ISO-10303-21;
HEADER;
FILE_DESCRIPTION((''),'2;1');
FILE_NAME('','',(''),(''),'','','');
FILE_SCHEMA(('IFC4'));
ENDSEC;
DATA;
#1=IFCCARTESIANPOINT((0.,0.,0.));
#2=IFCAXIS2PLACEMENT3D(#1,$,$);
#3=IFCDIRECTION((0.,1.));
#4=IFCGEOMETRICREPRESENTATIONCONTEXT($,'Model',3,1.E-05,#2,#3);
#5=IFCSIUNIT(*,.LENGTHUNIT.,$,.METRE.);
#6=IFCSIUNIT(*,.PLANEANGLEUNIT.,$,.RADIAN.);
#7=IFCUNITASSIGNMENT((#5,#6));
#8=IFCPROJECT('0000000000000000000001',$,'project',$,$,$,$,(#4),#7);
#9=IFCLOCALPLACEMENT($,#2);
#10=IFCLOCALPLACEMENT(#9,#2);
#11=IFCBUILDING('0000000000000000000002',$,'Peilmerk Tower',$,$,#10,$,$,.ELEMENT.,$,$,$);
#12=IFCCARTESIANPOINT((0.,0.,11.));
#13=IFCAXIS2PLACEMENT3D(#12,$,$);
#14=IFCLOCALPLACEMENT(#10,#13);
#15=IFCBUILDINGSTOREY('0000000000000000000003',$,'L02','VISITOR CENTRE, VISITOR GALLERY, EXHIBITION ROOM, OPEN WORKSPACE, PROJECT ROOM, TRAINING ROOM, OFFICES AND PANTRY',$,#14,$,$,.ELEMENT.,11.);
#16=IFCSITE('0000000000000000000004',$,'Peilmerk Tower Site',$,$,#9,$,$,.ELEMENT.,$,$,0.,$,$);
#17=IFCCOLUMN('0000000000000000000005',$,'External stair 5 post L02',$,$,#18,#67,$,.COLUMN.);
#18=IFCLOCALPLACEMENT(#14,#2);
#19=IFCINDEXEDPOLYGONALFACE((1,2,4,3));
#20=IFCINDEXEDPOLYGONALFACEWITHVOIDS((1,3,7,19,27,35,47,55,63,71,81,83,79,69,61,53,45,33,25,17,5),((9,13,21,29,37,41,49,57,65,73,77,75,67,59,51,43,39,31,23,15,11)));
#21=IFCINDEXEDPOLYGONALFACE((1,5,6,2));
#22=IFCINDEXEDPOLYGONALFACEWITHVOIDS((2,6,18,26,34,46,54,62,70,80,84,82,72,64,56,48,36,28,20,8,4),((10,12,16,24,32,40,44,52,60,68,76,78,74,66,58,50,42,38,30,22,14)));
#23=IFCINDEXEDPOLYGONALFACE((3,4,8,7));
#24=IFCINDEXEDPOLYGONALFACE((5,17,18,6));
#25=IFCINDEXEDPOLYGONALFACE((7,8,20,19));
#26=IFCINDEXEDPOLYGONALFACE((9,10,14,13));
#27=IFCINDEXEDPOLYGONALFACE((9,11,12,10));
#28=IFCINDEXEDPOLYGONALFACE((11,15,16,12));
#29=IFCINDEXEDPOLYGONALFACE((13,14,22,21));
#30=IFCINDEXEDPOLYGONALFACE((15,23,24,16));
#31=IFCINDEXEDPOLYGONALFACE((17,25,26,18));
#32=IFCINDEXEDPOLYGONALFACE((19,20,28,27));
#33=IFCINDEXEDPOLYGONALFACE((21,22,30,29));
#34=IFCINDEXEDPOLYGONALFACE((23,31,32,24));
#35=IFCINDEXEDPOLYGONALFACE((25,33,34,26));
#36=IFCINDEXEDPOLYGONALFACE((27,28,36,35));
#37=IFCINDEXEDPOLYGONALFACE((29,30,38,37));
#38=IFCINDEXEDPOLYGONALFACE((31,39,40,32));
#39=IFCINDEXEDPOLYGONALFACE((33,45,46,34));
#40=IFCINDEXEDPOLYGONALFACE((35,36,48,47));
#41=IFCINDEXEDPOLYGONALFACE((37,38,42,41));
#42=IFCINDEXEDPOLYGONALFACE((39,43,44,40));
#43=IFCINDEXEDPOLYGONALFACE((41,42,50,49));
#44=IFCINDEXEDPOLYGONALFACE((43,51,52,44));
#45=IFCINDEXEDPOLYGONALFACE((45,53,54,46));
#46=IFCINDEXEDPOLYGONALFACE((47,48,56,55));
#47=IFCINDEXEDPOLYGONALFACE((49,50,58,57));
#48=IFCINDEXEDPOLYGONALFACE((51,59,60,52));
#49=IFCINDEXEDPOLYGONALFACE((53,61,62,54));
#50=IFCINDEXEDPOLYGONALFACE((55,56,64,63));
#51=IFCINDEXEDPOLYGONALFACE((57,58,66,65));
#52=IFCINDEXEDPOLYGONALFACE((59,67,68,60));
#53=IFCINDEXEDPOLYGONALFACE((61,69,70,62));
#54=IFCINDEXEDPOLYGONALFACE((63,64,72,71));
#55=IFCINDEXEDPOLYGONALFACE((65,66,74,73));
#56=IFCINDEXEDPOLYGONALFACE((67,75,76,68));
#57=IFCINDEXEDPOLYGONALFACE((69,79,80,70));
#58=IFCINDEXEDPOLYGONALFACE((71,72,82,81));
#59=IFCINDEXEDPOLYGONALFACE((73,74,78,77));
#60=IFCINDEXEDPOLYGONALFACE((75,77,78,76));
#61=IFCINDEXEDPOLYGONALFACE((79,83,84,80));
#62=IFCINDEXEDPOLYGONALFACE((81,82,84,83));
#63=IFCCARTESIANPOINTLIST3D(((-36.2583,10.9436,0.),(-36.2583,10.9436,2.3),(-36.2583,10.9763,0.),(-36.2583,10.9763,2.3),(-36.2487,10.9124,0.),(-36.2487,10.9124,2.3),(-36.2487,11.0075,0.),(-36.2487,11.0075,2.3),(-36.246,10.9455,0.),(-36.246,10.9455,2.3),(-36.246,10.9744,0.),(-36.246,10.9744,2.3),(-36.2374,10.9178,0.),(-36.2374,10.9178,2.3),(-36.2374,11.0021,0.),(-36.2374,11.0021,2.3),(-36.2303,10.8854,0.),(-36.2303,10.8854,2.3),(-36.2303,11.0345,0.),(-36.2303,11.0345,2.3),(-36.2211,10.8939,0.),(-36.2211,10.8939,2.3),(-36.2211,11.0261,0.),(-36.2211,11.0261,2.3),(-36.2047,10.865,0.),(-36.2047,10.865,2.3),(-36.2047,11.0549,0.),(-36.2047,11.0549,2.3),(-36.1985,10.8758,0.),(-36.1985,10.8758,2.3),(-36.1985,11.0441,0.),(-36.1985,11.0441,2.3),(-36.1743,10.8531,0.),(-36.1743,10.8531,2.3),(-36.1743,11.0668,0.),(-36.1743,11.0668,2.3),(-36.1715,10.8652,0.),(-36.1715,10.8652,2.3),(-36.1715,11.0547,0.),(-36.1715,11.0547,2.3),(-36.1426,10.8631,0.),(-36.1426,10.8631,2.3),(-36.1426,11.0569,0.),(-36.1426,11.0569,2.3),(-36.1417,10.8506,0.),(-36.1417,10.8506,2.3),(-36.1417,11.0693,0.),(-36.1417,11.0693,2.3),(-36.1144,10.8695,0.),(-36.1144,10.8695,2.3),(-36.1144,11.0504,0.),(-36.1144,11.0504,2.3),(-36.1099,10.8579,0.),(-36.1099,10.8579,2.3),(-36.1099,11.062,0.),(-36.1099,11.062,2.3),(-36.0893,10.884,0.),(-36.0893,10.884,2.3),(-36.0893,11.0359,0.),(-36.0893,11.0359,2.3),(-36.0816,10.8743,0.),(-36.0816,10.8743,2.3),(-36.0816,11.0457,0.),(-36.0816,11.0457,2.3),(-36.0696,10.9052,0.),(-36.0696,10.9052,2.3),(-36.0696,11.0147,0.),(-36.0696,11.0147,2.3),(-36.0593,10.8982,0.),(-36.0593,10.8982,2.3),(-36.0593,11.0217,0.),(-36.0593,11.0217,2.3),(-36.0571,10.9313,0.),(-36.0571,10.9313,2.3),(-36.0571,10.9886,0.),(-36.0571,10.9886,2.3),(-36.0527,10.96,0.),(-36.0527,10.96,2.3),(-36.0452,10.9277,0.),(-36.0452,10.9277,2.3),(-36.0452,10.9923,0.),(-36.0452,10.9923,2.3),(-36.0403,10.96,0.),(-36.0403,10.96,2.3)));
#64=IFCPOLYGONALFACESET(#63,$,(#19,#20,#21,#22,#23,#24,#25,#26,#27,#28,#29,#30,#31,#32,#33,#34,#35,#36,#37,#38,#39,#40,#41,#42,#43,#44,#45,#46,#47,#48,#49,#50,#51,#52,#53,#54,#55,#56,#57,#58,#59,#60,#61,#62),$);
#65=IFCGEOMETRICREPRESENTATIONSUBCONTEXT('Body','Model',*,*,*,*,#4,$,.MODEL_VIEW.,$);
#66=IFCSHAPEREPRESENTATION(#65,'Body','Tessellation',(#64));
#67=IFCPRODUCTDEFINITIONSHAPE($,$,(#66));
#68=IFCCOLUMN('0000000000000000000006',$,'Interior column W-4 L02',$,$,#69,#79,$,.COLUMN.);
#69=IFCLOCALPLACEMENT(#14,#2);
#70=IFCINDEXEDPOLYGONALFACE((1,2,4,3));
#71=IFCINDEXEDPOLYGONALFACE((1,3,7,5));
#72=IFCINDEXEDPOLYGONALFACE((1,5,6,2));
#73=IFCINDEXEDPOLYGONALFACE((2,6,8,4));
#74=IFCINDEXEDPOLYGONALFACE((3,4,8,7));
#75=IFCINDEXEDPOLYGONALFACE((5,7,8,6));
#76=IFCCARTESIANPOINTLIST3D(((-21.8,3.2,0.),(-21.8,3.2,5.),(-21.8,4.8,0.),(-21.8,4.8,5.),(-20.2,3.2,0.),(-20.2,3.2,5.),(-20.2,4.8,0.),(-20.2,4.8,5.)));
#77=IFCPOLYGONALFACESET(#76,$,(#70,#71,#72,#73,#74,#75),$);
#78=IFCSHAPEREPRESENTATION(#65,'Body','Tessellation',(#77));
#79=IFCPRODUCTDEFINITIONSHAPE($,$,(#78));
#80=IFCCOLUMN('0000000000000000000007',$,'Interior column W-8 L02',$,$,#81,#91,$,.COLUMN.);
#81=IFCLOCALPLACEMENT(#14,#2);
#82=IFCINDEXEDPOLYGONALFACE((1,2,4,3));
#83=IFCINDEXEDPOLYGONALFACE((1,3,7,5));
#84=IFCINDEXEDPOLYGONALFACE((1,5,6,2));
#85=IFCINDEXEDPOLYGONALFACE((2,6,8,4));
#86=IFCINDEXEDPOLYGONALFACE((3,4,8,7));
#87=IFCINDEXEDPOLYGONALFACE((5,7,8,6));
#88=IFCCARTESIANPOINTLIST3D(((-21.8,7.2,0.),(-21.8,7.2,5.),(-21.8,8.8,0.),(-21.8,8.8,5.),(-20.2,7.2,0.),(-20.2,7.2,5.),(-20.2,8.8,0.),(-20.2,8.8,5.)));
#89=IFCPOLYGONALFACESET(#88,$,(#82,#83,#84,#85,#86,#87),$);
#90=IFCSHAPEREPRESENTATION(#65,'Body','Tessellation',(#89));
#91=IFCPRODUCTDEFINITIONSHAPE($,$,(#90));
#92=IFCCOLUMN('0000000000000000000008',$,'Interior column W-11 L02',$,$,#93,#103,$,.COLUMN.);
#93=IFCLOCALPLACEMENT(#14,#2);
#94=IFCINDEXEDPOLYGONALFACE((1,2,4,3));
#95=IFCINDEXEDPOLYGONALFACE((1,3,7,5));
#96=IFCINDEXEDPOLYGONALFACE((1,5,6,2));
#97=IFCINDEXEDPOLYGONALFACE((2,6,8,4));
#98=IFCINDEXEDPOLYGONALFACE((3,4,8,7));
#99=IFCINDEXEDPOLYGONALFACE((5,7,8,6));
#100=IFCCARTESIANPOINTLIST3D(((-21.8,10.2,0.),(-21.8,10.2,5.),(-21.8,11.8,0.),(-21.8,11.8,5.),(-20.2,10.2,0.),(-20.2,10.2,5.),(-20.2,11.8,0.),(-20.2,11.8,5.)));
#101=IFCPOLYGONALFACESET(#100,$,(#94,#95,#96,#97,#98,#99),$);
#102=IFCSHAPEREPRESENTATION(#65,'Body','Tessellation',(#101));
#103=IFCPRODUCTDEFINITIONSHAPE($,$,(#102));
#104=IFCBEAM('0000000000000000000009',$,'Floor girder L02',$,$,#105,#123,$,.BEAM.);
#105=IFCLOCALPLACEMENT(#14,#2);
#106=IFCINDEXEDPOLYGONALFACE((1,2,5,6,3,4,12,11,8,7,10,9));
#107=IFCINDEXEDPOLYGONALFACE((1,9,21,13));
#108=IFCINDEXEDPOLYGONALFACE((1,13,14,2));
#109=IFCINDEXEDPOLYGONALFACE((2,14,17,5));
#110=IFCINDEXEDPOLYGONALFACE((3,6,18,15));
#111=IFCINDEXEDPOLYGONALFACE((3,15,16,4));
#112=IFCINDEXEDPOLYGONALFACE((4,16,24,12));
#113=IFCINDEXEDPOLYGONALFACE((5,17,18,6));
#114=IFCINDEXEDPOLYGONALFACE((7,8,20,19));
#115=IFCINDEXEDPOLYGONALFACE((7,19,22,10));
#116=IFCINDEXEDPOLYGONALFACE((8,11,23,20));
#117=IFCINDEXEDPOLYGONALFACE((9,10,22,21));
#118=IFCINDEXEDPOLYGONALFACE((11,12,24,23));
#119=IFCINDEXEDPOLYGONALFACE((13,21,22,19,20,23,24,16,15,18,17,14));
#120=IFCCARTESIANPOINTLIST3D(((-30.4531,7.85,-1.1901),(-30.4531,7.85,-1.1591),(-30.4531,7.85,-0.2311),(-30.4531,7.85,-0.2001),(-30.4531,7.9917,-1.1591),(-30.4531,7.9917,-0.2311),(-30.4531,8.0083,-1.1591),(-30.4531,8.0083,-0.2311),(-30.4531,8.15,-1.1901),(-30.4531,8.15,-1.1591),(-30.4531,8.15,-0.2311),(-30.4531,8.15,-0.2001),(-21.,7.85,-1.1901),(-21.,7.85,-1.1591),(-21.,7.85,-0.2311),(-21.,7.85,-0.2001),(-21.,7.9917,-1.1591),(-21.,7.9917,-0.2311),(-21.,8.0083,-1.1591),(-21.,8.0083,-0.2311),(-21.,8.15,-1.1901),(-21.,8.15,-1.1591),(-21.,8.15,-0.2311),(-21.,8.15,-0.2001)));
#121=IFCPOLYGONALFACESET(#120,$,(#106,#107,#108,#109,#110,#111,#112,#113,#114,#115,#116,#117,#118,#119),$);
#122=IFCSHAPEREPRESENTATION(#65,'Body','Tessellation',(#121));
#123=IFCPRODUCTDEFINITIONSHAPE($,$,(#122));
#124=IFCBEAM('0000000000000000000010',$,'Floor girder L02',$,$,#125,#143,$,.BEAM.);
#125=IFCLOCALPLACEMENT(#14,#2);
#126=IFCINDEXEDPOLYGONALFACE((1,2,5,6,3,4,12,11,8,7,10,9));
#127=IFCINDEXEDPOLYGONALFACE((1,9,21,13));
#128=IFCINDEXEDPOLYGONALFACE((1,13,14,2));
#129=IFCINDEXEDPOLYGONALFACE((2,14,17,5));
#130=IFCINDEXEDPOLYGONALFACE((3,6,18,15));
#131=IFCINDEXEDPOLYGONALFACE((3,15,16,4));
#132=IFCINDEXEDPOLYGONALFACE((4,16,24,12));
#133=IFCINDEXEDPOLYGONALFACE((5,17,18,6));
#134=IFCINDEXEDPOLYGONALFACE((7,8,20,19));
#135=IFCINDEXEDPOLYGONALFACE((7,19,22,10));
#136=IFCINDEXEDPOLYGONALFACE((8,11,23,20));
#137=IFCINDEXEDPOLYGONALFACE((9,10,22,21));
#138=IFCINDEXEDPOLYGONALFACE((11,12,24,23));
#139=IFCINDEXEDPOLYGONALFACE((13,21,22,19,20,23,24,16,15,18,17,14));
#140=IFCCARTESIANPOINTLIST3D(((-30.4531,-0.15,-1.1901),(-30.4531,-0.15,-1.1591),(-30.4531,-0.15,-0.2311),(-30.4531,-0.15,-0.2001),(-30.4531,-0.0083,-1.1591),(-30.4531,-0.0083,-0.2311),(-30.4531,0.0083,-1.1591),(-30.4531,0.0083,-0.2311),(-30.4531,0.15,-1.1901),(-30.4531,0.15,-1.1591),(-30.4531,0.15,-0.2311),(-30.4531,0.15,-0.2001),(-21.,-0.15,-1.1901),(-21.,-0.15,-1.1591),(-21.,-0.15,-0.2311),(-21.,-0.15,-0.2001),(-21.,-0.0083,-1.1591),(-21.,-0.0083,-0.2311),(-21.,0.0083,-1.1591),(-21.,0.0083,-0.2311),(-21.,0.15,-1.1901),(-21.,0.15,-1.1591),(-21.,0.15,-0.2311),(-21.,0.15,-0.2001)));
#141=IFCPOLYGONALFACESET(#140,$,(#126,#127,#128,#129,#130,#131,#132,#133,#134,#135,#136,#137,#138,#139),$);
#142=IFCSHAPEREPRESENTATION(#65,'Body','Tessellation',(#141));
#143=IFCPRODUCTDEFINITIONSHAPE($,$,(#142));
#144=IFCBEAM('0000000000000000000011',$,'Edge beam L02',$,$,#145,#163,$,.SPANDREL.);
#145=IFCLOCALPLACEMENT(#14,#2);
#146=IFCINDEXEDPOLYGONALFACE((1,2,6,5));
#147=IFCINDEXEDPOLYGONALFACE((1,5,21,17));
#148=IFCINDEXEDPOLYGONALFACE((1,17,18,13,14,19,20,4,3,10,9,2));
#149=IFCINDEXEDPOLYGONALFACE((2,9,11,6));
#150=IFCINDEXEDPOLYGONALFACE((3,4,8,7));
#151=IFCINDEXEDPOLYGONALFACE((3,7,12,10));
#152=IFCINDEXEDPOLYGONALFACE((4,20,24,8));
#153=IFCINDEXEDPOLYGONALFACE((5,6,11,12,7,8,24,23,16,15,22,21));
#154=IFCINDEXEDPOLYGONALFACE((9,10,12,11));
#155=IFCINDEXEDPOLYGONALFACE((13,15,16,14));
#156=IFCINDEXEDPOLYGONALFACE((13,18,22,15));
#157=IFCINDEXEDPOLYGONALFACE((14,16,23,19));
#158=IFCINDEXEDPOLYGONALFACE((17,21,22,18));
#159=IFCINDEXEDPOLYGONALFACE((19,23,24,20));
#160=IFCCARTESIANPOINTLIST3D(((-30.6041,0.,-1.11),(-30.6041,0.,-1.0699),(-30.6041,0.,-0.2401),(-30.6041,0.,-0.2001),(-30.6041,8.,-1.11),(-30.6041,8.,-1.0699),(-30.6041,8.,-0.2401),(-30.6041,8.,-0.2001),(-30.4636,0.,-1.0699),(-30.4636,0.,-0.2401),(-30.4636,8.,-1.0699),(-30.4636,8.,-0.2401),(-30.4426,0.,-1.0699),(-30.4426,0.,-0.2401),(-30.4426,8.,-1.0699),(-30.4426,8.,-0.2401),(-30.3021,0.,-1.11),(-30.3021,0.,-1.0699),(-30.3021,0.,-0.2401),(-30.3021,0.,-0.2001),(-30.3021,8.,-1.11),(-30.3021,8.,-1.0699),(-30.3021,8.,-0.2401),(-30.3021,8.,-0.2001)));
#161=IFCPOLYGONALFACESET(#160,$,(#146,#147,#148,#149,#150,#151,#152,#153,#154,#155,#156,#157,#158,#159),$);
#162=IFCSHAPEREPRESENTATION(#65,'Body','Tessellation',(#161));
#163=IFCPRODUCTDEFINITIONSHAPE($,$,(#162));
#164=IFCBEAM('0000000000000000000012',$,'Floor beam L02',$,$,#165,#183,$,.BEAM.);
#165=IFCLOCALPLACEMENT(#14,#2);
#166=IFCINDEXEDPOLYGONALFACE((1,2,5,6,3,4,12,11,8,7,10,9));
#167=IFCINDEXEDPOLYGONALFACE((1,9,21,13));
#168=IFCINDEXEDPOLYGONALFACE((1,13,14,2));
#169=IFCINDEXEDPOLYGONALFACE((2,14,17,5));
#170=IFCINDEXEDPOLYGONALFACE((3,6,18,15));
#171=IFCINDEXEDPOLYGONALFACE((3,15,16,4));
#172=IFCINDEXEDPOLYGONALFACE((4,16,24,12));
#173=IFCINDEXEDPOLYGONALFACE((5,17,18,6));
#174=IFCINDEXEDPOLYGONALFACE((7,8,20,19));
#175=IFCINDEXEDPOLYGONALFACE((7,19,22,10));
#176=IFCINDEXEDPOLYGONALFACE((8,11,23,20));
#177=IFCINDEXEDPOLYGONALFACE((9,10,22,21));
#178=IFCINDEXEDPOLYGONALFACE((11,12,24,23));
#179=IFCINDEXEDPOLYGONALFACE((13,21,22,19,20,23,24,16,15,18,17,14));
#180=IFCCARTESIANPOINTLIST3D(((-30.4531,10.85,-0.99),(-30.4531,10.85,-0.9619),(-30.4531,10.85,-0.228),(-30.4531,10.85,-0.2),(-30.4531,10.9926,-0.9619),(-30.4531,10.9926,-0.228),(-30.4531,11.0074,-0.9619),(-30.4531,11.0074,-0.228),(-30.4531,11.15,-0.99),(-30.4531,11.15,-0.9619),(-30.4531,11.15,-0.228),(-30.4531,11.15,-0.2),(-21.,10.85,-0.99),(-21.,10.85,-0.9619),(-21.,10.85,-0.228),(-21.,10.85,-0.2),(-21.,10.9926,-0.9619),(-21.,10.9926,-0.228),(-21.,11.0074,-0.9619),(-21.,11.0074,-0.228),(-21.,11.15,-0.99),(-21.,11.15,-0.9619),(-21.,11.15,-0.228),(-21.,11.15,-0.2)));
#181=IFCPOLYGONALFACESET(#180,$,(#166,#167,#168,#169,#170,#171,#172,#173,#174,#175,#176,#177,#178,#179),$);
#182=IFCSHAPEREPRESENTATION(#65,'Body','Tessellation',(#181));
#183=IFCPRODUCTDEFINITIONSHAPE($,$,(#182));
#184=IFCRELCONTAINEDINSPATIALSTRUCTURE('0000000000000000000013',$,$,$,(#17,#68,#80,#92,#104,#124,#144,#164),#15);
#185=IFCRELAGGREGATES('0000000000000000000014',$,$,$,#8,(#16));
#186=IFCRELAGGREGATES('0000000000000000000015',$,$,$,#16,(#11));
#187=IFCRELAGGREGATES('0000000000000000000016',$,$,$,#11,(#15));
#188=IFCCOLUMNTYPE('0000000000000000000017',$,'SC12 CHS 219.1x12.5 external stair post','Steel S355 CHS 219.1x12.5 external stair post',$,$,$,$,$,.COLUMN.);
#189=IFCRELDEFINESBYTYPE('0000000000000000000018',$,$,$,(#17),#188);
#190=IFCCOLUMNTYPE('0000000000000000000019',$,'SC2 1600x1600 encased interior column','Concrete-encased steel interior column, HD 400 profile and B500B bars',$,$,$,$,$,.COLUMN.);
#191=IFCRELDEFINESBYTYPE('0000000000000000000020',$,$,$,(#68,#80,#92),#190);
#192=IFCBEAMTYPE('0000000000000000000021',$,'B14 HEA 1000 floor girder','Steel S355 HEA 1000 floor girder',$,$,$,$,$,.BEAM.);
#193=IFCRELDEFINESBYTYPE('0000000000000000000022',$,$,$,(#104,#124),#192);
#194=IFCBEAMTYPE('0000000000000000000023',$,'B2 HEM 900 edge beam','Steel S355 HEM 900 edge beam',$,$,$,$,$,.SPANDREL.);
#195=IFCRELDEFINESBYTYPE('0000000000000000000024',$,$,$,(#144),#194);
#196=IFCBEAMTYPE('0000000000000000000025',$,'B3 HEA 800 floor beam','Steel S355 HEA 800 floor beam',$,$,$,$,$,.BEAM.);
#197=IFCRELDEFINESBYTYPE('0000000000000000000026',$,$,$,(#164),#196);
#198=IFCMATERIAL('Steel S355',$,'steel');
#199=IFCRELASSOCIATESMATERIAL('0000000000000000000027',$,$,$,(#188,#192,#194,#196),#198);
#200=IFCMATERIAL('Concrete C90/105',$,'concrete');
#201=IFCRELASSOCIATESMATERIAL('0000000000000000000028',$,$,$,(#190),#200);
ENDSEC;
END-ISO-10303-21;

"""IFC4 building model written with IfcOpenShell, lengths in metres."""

from ifc_helpers import new_model, si_unit, direction, frame, origin, origin_2d, place, context, subcontext, project, spatial, rectangle, hollow_circle, i_section, extrude, material, material_profile, profile_set, type_object, element, save


model = new_model("IFC4")

# Units and contexts
model_context = context("Model", 3, precision=1e-05, world=origin(), true_north=direction((0.0, 1.0)))
body_context = subcontext(model_context, "Body", "Model", "MODEL_VIEW")
ifc_project = project(units=[si_unit("LENGTHUNIT", "METRE"), si_unit("PLANEANGLEUNIT", "RADIAN")], contexts=[model_context])

# Site, building, storey
site_placement = place(None, origin())
site = spatial("IfcSite", under=ifc_project, at=site_placement, Name="Peilmerk Tower Site", CompositionType="ELEMENT", RefElevation=0.0)
building_placement = place(site_placement, origin())
building = spatial("IfcBuilding", under=site, at=building_placement, Name="Peilmerk Tower", CompositionType="ELEMENT")
storey_placement = place(building_placement, frame((0.0, 0.0, 11.0)))
storey = spatial("IfcBuildingStorey", under=building, at=storey_placement, Name="L02", Description="VISITOR CENTRE, VISITOR GALLERY, EXHIBITION ROOM, OPEN WORKSPACE, PROJECT ROOM, TRAINING ROOM, OFFICES AND PANTRY", CompositionType="ELEMENT", Elevation=11.0)

# Columns
ifc_material_1 = material(Name="Concrete C90/105", Category="concrete")
ifc_material_2 = material(Name="Steel S355", Category="steel")
ifc_material_profile_1 = material_profile(ifc_material_2, hollow_circle(Radius=0.1096, WallThickness=0.0125, at=origin_2d()), Name="CHS 219.1x12.5")
ifc_profile_set_1 = profile_set([ifc_material_profile_1], Name="Steel S355")
column_type_1 = type_object("IfcColumnType", Name="SC12 CHS 219.1x12.5 external stair post", Description="Steel S355 CHS 219.1x12.5 external stair post", PredefinedType="COLUMN", material=ifc_profile_set_1)
for number, where, z_axis, x_axis, name in (
    (1, (-36.1499, 10.96, 0.0), (0.0, 0.0, 1.0), (1.0, 0.0, 0.0), "External stair 5 post L02"),
):
    element("IfcColumn", number, at=place(storey_placement, frame(where, z_axis=z_axis, x_axis=x_axis)), inside=storey, type_object=column_type_1, Name=name, PredefinedType="COLUMN", context=body_context, shape_type="SweptSolid", body=[
        extrude(hollow_circle(Radius=0.1096, WallThickness=0.0125, at=origin_2d()), origin(), (0.0, 0.0, 1.0), 2.3),
    ])
ifc_material_profile_2 = material_profile(ifc_material_1, rectangle(XDim=1.6001, YDim=1.6001, at=origin_2d()), Name="RC 1600x1600")
ifc_profile_set_2 = profile_set([ifc_material_profile_2], Name="Concrete C90/105")
column_type_2 = type_object("IfcColumnType", Name="SC2 1600x1600 encased interior column", Description="Concrete-encased steel interior column, HD 400 profile and B500B bars", PredefinedType="COLUMN", material=ifc_profile_set_2)
for number, where, z_axis, x_axis, name in (
    (2, (-21.0, 4.0, 0.0), (0.0, 0.0, 1.0), (1.0, 0.0, 0.0), "Interior column W-4 L02"),
    (3, (-21.0, 8.0, 0.0), (0.0, 0.0, 1.0), (1.0, 0.0, 0.0), "Interior column W-8 L02"),
    (4, (-21.0, 11.0, 0.0), (0.0, 0.0, 1.0), (1.0, 0.0, 0.0), "Interior column W-11 L02"),
):
    element("IfcColumn", number, at=place(storey_placement, frame(where, z_axis=z_axis, x_axis=x_axis)), inside=storey, type_object=column_type_2, Name=name, PredefinedType="COLUMN", context=body_context, shape_type="SweptSolid", body=[
        extrude(rectangle(XDim=1.6001, YDim=1.6001, at=origin_2d()), origin(), (0.0, 0.0, 1.0), 5.0),
    ])

# Beams
ifc_material_profile_3 = material_profile(ifc_material_2, i_section(OverallWidth=0.3, OverallDepth=0.99, WebThickness=0.0166, FlangeThickness=0.031, at=origin_2d()), Name="HEA 1000")
ifc_profile_set_3 = profile_set([ifc_material_profile_3], Name="Steel S355")
beam_type_1 = type_object("IfcBeamType", Name="B14 HEA 1000 floor girder", Description="Steel S355 HEA 1000 floor girder", PredefinedType="BEAM", material=ifc_profile_set_3)
for number, where, z_axis, x_axis, name in (
    (5, (-21.0, 8.0, -0.6951), (-1.0, 0.0, 0.0), (0.0, -1.0, 0.0), "Floor girder L02"),
    (6, (-21.0, 0.0, -0.6951), (-1.0, 0.0, 0.0), (0.0, -1.0, 0.0), "Floor girder L02"),
):
    element("IfcBeam", number, at=place(storey_placement, frame(where, z_axis=z_axis, x_axis=x_axis)), inside=storey, type_object=beam_type_1, Name=name, PredefinedType="BEAM", context=body_context, shape_type="SweptSolid", body=[
        extrude(i_section(OverallWidth=0.3, OverallDepth=0.99, WebThickness=0.0166, FlangeThickness=0.031, at=origin_2d()), origin(), (0.0, 0.0, 1.0), 9.4531),
    ])
ifc_material_profile_4 = material_profile(ifc_material_2, i_section(OverallWidth=0.302, OverallDepth=0.9099, WebThickness=0.021, FlangeThickness=0.04, at=origin_2d()), Name="HEM 900")
ifc_profile_set_4 = profile_set([ifc_material_profile_4], Name="Steel S355")
beam_type_2 = type_object("IfcBeamType", Name="B2 HEM 900 edge beam", Description="Steel S355 HEM 900 edge beam", PredefinedType="SPANDREL", material=ifc_profile_set_4)
beam_1_placement = place(storey_placement, frame((-30.4531, 8.0, -0.655), z_axis=(0.0, -1.0, 0.0), x_axis=(1.0, 0.0, 0.0)))
element("IfcBeam", 7, at=beam_1_placement, inside=storey, type_object=beam_type_2, Name="Edge beam L02", PredefinedType="SPANDREL", context=body_context, shape_type="SweptSolid", body=[
    extrude(i_section(OverallWidth=0.302, OverallDepth=0.9099, WebThickness=0.021, FlangeThickness=0.04, at=origin_2d()), origin(), (0.0, 0.0, 1.0), 8.0),
])
ifc_material_profile_5 = material_profile(ifc_material_2, i_section(OverallWidth=0.3, OverallDepth=0.79, WebThickness=0.0149, FlangeThickness=0.0281, at=origin_2d()), Name="HEA 800")
ifc_profile_set_5 = profile_set([ifc_material_profile_5], Name="Steel S355")
beam_type_3 = type_object("IfcBeamType", Name="B3 HEA 800 floor beam", Description="Steel S355 HEA 800 floor beam", PredefinedType="BEAM", material=ifc_profile_set_5)
for number, where, z_axis, x_axis, name in (
    (8, (-21.0, 11.0, -0.595), (-1.0, 0.0, 0.0), (0.0, -1.0, 0.0), "Floor beam L02"),
):
    element("IfcBeam", number, at=place(storey_placement, frame(where, z_axis=z_axis, x_axis=x_axis)), inside=storey, type_object=beam_type_3, Name=name, PredefinedType="BEAM", context=body_context, shape_type="SweptSolid", body=[
        extrude(i_section(OverallWidth=0.3, OverallDepth=0.79, WebThickness=0.0149, FlangeThickness=0.0281, at=origin_2d()), origin(), (0.0, 0.0, 1.0), 9.4531),
    ])

save(model, "model.ifc")
